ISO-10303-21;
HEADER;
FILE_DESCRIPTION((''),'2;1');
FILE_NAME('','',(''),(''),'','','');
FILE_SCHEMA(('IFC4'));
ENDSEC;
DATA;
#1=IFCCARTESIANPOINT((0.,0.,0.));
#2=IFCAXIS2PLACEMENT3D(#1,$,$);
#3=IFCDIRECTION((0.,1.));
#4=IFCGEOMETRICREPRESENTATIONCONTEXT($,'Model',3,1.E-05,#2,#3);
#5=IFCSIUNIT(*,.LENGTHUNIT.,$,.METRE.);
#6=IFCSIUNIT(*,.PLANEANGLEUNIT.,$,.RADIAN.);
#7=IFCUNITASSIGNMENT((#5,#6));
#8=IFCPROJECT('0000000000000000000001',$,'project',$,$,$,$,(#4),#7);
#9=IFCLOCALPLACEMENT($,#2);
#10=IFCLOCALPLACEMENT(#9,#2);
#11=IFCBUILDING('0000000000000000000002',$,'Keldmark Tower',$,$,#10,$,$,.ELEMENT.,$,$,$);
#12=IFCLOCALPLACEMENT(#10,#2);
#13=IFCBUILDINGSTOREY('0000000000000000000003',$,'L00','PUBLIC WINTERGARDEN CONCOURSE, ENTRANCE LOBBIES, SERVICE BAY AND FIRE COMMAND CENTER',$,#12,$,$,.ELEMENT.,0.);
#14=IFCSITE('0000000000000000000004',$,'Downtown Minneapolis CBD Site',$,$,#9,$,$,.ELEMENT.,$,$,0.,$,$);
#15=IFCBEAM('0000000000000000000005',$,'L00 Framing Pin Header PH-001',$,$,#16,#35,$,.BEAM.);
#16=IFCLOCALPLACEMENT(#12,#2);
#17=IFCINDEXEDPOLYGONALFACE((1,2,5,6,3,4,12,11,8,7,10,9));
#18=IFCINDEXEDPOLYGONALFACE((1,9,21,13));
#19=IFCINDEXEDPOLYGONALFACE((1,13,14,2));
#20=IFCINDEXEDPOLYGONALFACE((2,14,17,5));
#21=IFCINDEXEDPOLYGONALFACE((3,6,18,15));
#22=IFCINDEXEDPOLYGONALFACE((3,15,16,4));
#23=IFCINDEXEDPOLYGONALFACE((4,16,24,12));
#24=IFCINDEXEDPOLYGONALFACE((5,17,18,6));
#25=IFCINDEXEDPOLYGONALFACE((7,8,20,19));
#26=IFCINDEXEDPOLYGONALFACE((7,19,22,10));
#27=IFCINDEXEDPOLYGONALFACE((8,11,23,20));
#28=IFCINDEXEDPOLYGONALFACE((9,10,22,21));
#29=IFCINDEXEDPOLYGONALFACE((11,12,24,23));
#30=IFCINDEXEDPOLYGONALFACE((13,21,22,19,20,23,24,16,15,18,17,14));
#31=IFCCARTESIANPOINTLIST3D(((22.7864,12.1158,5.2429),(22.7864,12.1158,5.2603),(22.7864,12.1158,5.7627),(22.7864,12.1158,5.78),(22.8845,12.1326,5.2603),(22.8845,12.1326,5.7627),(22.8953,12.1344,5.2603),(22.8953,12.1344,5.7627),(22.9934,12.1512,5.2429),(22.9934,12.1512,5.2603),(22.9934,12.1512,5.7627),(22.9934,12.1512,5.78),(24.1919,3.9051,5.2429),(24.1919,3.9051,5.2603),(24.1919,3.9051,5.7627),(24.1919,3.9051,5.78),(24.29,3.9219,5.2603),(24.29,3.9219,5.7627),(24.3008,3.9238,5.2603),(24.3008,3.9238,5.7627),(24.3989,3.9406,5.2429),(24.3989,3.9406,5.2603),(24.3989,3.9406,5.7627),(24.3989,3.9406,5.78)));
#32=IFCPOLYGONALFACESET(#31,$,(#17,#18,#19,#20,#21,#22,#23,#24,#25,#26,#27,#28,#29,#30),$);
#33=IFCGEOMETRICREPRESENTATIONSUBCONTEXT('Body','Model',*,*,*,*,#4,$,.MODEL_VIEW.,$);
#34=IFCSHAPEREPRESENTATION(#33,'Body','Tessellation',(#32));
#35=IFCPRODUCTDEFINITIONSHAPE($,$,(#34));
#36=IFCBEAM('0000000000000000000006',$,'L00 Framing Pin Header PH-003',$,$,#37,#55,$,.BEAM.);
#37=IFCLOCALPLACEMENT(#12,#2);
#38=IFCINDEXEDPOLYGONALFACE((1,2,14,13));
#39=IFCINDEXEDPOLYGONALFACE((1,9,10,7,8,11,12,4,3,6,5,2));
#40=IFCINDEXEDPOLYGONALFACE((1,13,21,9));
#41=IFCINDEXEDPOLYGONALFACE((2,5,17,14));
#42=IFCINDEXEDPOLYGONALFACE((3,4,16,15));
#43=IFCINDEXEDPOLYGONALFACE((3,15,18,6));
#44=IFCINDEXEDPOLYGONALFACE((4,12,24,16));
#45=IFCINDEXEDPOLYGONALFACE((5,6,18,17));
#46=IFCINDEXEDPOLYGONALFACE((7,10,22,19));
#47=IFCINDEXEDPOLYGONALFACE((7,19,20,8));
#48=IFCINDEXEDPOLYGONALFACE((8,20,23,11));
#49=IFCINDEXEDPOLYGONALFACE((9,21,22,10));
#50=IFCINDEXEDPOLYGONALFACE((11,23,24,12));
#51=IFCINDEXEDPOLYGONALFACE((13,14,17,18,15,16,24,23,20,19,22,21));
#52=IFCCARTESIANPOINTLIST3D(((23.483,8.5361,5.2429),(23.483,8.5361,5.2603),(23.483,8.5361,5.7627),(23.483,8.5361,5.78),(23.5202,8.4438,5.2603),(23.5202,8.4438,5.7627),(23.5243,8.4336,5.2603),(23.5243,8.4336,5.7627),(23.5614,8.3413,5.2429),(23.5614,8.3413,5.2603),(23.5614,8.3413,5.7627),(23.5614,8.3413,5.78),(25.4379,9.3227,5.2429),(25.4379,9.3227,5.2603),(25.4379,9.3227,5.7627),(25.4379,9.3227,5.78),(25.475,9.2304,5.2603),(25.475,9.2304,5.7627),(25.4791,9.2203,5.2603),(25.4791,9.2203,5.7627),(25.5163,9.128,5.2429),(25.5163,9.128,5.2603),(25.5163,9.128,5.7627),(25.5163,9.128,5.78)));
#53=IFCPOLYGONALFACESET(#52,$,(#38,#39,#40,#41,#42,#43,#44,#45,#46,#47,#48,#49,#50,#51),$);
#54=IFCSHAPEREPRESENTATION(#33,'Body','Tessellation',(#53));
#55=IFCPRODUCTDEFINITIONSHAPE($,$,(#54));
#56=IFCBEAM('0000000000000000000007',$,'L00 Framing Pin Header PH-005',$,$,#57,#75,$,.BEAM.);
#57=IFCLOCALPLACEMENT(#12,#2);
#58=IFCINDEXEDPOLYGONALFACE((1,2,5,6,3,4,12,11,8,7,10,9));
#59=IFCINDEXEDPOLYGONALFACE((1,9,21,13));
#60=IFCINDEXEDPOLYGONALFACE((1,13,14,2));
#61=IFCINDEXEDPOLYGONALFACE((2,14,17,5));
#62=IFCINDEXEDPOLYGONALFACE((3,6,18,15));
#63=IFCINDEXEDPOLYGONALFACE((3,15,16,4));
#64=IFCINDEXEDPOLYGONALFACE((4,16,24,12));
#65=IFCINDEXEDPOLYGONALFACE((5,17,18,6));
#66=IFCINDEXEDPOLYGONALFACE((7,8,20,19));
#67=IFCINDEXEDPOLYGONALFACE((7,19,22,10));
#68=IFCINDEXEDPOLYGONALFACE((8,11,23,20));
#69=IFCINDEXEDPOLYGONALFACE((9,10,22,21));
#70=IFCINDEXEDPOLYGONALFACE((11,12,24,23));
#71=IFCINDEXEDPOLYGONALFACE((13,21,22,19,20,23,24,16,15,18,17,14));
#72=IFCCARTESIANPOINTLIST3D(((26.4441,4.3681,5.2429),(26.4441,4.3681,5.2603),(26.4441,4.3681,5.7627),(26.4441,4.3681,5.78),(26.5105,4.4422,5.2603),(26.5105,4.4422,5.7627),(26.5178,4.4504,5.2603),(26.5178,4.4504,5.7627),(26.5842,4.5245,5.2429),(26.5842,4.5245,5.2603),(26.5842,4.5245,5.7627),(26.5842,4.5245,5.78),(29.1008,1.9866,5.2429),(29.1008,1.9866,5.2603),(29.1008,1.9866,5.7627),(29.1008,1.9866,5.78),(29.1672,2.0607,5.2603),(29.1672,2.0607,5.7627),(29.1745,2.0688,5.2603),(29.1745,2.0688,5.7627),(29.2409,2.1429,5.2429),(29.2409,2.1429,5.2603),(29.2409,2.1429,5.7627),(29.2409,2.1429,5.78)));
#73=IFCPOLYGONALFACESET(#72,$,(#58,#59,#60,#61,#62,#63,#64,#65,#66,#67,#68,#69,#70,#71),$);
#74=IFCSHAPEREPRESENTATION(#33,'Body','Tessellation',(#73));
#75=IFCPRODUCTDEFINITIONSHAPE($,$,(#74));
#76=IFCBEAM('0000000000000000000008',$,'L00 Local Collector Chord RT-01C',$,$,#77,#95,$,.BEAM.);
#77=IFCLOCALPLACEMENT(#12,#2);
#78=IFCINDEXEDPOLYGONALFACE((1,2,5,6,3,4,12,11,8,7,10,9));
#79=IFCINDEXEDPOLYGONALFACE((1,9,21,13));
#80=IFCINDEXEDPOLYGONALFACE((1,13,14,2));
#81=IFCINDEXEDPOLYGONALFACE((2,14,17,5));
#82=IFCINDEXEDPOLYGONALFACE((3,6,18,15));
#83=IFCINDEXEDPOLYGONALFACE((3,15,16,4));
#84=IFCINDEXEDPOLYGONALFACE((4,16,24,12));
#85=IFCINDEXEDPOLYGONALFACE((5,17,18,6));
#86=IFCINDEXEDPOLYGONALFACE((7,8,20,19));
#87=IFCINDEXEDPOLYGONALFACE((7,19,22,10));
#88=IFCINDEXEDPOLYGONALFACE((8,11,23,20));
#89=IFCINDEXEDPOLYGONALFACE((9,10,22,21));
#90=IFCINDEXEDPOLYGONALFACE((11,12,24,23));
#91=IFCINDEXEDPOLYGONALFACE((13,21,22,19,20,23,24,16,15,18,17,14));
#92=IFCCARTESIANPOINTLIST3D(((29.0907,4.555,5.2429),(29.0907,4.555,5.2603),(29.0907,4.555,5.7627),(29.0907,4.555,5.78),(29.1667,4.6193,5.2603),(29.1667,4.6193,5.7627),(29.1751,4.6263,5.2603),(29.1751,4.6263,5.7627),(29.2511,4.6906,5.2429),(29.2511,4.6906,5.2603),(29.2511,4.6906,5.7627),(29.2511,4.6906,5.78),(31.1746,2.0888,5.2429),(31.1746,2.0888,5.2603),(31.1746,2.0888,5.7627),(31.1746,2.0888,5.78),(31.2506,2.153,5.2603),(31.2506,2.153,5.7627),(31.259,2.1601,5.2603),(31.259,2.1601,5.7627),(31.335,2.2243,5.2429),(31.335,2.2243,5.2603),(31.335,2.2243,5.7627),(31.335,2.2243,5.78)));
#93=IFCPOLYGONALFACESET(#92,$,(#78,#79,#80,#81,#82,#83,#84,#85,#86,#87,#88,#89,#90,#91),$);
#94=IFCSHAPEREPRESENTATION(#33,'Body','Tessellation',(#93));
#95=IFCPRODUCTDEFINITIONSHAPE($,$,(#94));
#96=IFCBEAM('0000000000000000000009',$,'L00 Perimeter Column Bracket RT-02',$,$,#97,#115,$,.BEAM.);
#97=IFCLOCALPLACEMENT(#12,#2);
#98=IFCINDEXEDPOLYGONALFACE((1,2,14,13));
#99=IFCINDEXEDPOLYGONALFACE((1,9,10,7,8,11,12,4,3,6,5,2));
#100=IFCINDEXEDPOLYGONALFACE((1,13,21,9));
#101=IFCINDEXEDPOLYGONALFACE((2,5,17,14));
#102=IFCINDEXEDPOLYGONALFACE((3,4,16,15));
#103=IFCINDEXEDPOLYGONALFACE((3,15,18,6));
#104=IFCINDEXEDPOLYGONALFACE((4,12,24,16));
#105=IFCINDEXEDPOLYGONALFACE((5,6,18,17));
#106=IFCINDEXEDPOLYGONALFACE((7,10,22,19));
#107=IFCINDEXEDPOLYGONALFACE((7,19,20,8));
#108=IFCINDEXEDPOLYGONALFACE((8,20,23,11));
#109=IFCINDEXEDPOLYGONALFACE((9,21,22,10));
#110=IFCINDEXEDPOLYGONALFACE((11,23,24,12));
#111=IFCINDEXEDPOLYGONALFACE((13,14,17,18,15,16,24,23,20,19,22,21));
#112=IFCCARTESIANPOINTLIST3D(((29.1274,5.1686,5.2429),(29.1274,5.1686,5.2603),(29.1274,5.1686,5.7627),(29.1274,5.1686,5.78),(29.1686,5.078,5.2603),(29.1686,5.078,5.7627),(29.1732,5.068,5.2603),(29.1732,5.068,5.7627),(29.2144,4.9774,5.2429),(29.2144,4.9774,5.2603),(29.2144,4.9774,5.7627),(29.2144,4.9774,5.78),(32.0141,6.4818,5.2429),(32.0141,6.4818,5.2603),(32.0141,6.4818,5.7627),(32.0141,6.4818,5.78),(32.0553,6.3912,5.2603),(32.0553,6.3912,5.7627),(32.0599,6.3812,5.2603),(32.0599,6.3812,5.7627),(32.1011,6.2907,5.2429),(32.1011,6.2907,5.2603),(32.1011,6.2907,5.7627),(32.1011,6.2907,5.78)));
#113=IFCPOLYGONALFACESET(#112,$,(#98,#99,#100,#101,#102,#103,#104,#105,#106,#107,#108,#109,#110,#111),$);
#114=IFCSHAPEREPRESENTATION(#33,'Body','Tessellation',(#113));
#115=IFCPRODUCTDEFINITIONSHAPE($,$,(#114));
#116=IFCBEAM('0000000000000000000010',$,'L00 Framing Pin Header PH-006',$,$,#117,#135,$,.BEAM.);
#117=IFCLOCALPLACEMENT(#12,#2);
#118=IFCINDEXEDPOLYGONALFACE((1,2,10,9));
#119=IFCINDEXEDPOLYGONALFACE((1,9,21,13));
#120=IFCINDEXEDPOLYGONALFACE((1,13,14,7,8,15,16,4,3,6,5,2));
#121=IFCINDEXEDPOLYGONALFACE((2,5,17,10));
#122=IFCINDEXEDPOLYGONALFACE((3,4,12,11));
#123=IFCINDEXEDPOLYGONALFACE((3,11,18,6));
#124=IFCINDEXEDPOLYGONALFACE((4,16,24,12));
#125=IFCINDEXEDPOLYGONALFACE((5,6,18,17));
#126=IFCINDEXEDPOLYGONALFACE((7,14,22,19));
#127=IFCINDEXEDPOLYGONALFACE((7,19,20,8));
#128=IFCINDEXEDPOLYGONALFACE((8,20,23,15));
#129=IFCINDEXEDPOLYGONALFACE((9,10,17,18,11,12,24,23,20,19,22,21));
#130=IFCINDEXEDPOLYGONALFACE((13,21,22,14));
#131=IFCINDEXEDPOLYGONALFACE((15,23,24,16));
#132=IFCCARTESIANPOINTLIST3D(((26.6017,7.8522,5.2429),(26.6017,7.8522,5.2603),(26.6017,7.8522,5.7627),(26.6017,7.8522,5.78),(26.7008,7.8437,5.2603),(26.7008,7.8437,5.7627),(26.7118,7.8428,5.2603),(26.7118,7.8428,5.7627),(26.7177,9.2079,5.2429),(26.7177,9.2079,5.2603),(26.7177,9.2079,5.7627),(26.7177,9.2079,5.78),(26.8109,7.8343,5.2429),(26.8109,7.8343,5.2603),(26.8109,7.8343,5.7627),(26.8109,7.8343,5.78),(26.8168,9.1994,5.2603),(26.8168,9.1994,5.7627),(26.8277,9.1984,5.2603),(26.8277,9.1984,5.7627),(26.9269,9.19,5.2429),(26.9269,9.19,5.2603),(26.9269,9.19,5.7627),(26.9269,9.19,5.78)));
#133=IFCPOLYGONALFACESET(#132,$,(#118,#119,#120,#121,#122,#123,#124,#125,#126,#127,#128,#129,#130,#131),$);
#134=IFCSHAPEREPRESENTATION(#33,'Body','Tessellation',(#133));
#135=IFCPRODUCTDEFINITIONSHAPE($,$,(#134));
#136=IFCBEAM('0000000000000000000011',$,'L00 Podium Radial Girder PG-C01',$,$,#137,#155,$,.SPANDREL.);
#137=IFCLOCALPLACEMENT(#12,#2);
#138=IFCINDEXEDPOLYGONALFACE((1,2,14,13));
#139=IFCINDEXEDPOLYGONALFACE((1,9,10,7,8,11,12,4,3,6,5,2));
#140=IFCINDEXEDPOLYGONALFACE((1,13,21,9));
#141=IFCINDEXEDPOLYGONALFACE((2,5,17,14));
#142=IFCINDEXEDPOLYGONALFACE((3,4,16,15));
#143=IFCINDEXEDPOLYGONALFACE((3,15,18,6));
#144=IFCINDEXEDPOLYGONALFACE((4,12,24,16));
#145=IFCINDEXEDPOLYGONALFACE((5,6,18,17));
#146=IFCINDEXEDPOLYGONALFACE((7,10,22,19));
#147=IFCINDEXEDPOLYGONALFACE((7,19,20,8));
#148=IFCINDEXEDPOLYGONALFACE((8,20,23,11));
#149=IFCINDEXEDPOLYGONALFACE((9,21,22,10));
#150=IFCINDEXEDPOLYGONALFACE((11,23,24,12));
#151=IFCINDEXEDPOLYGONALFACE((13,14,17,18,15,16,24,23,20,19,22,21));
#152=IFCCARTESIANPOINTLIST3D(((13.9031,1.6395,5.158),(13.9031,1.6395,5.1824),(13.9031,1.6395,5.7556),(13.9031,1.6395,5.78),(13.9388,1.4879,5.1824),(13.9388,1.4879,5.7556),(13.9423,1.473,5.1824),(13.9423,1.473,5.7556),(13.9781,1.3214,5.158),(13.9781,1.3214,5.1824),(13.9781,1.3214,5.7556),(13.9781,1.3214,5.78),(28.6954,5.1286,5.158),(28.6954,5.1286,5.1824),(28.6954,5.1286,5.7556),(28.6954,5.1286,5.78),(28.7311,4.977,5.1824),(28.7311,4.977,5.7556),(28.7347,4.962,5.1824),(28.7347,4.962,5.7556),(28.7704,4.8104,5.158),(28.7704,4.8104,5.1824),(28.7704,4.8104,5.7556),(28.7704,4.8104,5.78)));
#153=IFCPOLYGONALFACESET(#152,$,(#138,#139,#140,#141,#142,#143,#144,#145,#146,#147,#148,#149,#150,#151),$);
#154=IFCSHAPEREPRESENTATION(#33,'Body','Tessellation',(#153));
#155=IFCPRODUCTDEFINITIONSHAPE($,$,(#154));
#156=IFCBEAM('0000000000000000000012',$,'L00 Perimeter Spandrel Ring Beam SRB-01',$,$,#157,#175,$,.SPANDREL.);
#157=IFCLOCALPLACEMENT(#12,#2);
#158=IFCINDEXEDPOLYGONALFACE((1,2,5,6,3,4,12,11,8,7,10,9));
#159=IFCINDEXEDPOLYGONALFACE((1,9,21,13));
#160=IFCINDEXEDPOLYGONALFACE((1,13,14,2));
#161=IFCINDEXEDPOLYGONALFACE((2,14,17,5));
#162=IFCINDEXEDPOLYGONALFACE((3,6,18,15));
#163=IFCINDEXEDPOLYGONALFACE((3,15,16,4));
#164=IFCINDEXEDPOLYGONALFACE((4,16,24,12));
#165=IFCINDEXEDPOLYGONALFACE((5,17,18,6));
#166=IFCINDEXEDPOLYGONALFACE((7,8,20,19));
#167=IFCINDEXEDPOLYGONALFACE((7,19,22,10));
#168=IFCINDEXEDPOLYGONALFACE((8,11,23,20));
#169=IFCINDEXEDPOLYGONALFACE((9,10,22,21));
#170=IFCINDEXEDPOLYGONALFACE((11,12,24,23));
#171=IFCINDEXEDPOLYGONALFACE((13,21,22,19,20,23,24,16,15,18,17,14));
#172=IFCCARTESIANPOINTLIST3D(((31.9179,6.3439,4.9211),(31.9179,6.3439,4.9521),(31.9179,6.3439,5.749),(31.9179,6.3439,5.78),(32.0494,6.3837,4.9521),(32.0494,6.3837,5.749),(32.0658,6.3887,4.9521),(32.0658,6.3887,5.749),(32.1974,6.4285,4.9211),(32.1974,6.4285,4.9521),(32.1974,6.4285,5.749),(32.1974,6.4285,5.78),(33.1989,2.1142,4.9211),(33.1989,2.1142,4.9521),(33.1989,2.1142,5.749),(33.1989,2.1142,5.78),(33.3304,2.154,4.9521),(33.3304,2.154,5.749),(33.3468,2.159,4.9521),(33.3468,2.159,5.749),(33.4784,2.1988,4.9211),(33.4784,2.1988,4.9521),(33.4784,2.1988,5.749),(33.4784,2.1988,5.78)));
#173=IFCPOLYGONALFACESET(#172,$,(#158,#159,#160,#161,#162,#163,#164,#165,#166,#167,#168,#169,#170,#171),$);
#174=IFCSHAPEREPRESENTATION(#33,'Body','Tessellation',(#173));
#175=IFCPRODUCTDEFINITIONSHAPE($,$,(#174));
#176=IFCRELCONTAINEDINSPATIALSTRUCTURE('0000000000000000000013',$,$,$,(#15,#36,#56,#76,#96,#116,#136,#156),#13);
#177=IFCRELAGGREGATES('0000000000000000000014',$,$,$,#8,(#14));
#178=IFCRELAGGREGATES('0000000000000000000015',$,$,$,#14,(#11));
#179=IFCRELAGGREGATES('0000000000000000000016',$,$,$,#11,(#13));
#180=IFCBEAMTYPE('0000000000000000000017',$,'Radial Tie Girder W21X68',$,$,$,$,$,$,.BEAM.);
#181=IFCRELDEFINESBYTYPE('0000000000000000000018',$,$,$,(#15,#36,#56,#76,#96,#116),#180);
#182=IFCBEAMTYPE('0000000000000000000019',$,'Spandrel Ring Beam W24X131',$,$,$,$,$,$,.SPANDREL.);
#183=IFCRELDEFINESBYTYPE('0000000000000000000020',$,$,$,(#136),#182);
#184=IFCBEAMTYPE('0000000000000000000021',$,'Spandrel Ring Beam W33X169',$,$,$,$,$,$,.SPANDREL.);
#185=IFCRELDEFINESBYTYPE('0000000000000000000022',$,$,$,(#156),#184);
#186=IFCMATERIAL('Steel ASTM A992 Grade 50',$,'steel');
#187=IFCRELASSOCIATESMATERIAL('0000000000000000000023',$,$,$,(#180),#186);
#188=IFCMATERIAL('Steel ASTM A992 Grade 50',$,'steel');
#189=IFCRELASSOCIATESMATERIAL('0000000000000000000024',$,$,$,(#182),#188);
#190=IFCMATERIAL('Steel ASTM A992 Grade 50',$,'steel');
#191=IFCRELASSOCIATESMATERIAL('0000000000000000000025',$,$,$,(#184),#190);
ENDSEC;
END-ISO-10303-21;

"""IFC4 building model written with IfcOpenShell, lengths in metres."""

from ifc_helpers import new_model, si_unit, direction, frame, origin, origin_2d, place, context, subcontext, project, spatial, i_section, extrude, material, material_profile, profile_set, type_object, element, save


model = new_model("IFC4")

# Units and contexts
model_context = context("Model", 3, precision=1e-05, world=origin(), true_north=direction((0.0, 1.0)))
body_context = subcontext(model_context, "Body", "Model", "MODEL_VIEW")
ifc_project = project(units=[si_unit("LENGTHUNIT", "METRE"), si_unit("PLANEANGLEUNIT", "RADIAN")], contexts=[model_context])

# Site, building, storey
site_placement = place(None, origin())
site = spatial("IfcSite", under=ifc_project, at=site_placement, Name="Downtown Minneapolis CBD Site", CompositionType="ELEMENT", RefElevation=0.0)
building_placement = place(site_placement, origin())
building = spatial("IfcBuilding", under=site, at=building_placement, Name="Keldmark Tower", CompositionType="ELEMENT")
storey_placement = place(building_placement, origin())
storey = spatial("IfcBuildingStorey", under=building, at=storey_placement, Name="L00", Description="PUBLIC WINTERGARDEN CONCOURSE, ENTRANCE LOBBIES, SERVICE BAY AND FIRE COMMAND CENTER", CompositionType="ELEMENT", Elevation=0.0)

# Beams
ifc_material_1 = material(Name="Steel ASTM A992 Grade 50", Category="steel")
ifc_material_profile_1 = material_profile(ifc_material_1, i_section(OverallWidth=0.21, OverallDepth=0.5371, WebThickness=0.011, FlangeThickness=0.0173, at=origin_2d()), Name="W21X68")
ifc_profile_set_1 = profile_set([ifc_material_profile_1], Name="Steel ASTM A992 Grade 50")
beam_type_1 = type_object("IfcBeamType", Name="Radial Tie Girder W21X68", PredefinedType="BEAM", material=ifc_profile_set_1)
beam_1_placement = place(storey_placement, frame((24.2954, 3.9229, 5.5115), z_axis=(-0.168727, 0.985663, 0.0), x_axis=(-0.985663, -0.168727, 0.0)))
element("IfcBeam", 1, at=beam_1_placement, inside=storey, type_object=beam_type_1, Name="L00 Framing Pin Header PH-001", PredefinedType="BEAM", context=body_context, shape_type="SweptSolid", body=[
    extrude(i_section(OverallWidth=0.21, OverallDepth=0.5371, WebThickness=0.011, FlangeThickness=0.0173, at=origin_2d()), origin(), (0.0, 0.0, 1.0), 8.3301),
])
beam_2_placement = place(storey_placement, frame((23.5222, 8.4387, 5.5115), z_axis=(0.927708, 0.373308, 0.0), x_axis=(-0.373308, 0.927708, 0.0)))
element("IfcBeam", 2, at=beam_2_placement, inside=storey, type_object=beam_type_1, Name="L00 Framing Pin Header PH-003", PredefinedType="BEAM", context=body_context, shape_type="SweptSolid", body=[
    extrude(i_section(OverallWidth=0.21, OverallDepth=0.5371, WebThickness=0.011, FlangeThickness=0.0173, at=origin_2d()), origin(), (0.0, 0.0, 1.0), 2.1072),
])
beam_3_placement = place(storey_placement, frame((26.5142, 4.4463, 5.5115), z_axis=(0.744613, -0.667497, 0.0), x_axis=(0.667497, 0.744613, 0.0)))
element("IfcBeam", 3, at=beam_3_placement, inside=storey, type_object=beam_type_1, Name="L00 Framing Pin Header PH-005", PredefinedType="BEAM", context=body_context, shape_type="SweptSolid", body=[
    extrude(i_section(OverallWidth=0.21, OverallDepth=0.5371, WebThickness=0.011, FlangeThickness=0.0173, at=origin_2d()), origin(), (0.0, 0.0, 1.0), 3.5679),
])
beam_4_placement = place(storey_placement, frame((29.1709, 4.6228, 5.5115), z_axis=(0.64542, -0.763828, 0.0), x_axis=(0.763828, 0.64542, 0.0)))
element("IfcBeam", 4, at=beam_4_placement, inside=storey, type_object=beam_type_1, Name="L00 Local Collector Chord RT-01C", PredefinedType="BEAM", context=body_context, shape_type="SweptSolid", body=[
    extrude(i_section(OverallWidth=0.21, OverallDepth=0.5371, WebThickness=0.011, FlangeThickness=0.0173, at=origin_2d()), origin(), (0.0, 0.0, 1.0), 3.2288),
])
beam_5_placement = place(storey_placement, frame((29.1709, 5.073, 5.5115), z_axis=(0.910237, 0.414087, 0.0), x_axis=(-0.414087, 0.910237, 0.0)))
element("IfcBeam", 5, at=beam_5_placement, inside=storey, type_object=beam_type_1, Name="L00 Perimeter Column Bracket RT-02", PredefinedType="BEAM", context=body_context, shape_type="SweptSolid", body=[
    extrude(i_section(OverallWidth=0.21, OverallDepth=0.5371, WebThickness=0.011, FlangeThickness=0.0173, at=origin_2d()), origin(), (0.0, 0.0, 1.0), 3.1714),
])
beam_6_placement = place(storey_placement, frame((26.7063, 7.8433, 5.5115), z_axis=(0.085228, 0.996361, 0.0), x_axis=(-0.996361, 0.085228, 0.0)))
element("IfcBeam", 6, at=beam_6_placement, inside=storey, type_object=beam_type_1, Name="L00 Framing Pin Header PH-006", PredefinedType="BEAM", context=body_context, shape_type="SweptSolid", body=[
    extrude(i_section(OverallWidth=0.21, OverallDepth=0.5371, WebThickness=0.011, FlangeThickness=0.0173, at=origin_2d()), origin(), (0.0, 0.0, 1.0), 1.3606),
])
ifc_material_2 = material(Name="Steel ASTM A992 Grade 50", Category="steel")
ifc_material_profile_2 = material_profile(ifc_material_2, i_section(OverallWidth=0.3269, OverallDepth=0.6221, WebThickness=0.0154, FlangeThickness=0.0244, at=origin_2d()), Name="W24X131")
ifc_profile_set_2 = profile_set([ifc_material_profile_2], Name="Steel ASTM A992 Grade 50")
beam_type_2 = type_object("IfcBeamType", Name="Spandrel Ring Beam W24X131", PredefinedType="SPANDREL", material=ifc_profile_set_2)
beam_7_placement = place(storey_placement, frame((28.7329, 4.9695, 5.469), z_axis=(-0.973293, -0.229568, 0.0), x_axis=(0.229568, -0.973293, 0.0)))
element("IfcBeam", 7, at=beam_7_placement, inside=storey, type_object=beam_type_2, Name="L00 Podium Radial Girder PG-C01", PredefinedType="SPANDREL", context=body_context, shape_type="SweptSolid", body=[
    extrude(i_section(OverallWidth=0.3269, OverallDepth=0.6221, WebThickness=0.0154, FlangeThickness=0.0244, at=origin_2d()), origin(), (0.0, 0.0, 1.0), 15.1982),
])
ifc_material_3 = material(Name="Steel ASTM A992 Grade 50", Category="steel")
ifc_material_profile_3 = material_profile(ifc_material_3, i_section(OverallWidth=0.292, OverallDepth=0.8589, WebThickness=0.0171, FlangeThickness=0.031, at=origin_2d()), Name="W33X169")
ifc_profile_set_3 = profile_set([ifc_material_profile_3], Name="Steel ASTM A992 Grade 50")
beam_type_3 = type_object("IfcBeamType", Name="Spandrel Ring Beam W33X169", PredefinedType="SPANDREL", material=ifc_profile_set_3)
beam_8_placement = place(storey_placement, frame((33.3386, 2.1565, 5.3506), z_axis=(-0.289856, 0.95707, 0.0), x_axis=(-0.95707, -0.289856, 0.0)))
element("IfcBeam", 8, at=beam_8_placement, inside=storey, type_object=beam_type_3, Name="L00 Perimeter Spandrel Ring Beam SRB-01", PredefinedType="SPANDREL", context=body_context, shape_type="SweptSolid", body=[
    extrude(i_section(OverallWidth=0.292, OverallDepth=0.8589, WebThickness=0.0171, FlangeThickness=0.031, at=origin_2d()), origin(), (0.0, 0.0, 1.0), 4.4194),
])

save(model, "model.ifc")
